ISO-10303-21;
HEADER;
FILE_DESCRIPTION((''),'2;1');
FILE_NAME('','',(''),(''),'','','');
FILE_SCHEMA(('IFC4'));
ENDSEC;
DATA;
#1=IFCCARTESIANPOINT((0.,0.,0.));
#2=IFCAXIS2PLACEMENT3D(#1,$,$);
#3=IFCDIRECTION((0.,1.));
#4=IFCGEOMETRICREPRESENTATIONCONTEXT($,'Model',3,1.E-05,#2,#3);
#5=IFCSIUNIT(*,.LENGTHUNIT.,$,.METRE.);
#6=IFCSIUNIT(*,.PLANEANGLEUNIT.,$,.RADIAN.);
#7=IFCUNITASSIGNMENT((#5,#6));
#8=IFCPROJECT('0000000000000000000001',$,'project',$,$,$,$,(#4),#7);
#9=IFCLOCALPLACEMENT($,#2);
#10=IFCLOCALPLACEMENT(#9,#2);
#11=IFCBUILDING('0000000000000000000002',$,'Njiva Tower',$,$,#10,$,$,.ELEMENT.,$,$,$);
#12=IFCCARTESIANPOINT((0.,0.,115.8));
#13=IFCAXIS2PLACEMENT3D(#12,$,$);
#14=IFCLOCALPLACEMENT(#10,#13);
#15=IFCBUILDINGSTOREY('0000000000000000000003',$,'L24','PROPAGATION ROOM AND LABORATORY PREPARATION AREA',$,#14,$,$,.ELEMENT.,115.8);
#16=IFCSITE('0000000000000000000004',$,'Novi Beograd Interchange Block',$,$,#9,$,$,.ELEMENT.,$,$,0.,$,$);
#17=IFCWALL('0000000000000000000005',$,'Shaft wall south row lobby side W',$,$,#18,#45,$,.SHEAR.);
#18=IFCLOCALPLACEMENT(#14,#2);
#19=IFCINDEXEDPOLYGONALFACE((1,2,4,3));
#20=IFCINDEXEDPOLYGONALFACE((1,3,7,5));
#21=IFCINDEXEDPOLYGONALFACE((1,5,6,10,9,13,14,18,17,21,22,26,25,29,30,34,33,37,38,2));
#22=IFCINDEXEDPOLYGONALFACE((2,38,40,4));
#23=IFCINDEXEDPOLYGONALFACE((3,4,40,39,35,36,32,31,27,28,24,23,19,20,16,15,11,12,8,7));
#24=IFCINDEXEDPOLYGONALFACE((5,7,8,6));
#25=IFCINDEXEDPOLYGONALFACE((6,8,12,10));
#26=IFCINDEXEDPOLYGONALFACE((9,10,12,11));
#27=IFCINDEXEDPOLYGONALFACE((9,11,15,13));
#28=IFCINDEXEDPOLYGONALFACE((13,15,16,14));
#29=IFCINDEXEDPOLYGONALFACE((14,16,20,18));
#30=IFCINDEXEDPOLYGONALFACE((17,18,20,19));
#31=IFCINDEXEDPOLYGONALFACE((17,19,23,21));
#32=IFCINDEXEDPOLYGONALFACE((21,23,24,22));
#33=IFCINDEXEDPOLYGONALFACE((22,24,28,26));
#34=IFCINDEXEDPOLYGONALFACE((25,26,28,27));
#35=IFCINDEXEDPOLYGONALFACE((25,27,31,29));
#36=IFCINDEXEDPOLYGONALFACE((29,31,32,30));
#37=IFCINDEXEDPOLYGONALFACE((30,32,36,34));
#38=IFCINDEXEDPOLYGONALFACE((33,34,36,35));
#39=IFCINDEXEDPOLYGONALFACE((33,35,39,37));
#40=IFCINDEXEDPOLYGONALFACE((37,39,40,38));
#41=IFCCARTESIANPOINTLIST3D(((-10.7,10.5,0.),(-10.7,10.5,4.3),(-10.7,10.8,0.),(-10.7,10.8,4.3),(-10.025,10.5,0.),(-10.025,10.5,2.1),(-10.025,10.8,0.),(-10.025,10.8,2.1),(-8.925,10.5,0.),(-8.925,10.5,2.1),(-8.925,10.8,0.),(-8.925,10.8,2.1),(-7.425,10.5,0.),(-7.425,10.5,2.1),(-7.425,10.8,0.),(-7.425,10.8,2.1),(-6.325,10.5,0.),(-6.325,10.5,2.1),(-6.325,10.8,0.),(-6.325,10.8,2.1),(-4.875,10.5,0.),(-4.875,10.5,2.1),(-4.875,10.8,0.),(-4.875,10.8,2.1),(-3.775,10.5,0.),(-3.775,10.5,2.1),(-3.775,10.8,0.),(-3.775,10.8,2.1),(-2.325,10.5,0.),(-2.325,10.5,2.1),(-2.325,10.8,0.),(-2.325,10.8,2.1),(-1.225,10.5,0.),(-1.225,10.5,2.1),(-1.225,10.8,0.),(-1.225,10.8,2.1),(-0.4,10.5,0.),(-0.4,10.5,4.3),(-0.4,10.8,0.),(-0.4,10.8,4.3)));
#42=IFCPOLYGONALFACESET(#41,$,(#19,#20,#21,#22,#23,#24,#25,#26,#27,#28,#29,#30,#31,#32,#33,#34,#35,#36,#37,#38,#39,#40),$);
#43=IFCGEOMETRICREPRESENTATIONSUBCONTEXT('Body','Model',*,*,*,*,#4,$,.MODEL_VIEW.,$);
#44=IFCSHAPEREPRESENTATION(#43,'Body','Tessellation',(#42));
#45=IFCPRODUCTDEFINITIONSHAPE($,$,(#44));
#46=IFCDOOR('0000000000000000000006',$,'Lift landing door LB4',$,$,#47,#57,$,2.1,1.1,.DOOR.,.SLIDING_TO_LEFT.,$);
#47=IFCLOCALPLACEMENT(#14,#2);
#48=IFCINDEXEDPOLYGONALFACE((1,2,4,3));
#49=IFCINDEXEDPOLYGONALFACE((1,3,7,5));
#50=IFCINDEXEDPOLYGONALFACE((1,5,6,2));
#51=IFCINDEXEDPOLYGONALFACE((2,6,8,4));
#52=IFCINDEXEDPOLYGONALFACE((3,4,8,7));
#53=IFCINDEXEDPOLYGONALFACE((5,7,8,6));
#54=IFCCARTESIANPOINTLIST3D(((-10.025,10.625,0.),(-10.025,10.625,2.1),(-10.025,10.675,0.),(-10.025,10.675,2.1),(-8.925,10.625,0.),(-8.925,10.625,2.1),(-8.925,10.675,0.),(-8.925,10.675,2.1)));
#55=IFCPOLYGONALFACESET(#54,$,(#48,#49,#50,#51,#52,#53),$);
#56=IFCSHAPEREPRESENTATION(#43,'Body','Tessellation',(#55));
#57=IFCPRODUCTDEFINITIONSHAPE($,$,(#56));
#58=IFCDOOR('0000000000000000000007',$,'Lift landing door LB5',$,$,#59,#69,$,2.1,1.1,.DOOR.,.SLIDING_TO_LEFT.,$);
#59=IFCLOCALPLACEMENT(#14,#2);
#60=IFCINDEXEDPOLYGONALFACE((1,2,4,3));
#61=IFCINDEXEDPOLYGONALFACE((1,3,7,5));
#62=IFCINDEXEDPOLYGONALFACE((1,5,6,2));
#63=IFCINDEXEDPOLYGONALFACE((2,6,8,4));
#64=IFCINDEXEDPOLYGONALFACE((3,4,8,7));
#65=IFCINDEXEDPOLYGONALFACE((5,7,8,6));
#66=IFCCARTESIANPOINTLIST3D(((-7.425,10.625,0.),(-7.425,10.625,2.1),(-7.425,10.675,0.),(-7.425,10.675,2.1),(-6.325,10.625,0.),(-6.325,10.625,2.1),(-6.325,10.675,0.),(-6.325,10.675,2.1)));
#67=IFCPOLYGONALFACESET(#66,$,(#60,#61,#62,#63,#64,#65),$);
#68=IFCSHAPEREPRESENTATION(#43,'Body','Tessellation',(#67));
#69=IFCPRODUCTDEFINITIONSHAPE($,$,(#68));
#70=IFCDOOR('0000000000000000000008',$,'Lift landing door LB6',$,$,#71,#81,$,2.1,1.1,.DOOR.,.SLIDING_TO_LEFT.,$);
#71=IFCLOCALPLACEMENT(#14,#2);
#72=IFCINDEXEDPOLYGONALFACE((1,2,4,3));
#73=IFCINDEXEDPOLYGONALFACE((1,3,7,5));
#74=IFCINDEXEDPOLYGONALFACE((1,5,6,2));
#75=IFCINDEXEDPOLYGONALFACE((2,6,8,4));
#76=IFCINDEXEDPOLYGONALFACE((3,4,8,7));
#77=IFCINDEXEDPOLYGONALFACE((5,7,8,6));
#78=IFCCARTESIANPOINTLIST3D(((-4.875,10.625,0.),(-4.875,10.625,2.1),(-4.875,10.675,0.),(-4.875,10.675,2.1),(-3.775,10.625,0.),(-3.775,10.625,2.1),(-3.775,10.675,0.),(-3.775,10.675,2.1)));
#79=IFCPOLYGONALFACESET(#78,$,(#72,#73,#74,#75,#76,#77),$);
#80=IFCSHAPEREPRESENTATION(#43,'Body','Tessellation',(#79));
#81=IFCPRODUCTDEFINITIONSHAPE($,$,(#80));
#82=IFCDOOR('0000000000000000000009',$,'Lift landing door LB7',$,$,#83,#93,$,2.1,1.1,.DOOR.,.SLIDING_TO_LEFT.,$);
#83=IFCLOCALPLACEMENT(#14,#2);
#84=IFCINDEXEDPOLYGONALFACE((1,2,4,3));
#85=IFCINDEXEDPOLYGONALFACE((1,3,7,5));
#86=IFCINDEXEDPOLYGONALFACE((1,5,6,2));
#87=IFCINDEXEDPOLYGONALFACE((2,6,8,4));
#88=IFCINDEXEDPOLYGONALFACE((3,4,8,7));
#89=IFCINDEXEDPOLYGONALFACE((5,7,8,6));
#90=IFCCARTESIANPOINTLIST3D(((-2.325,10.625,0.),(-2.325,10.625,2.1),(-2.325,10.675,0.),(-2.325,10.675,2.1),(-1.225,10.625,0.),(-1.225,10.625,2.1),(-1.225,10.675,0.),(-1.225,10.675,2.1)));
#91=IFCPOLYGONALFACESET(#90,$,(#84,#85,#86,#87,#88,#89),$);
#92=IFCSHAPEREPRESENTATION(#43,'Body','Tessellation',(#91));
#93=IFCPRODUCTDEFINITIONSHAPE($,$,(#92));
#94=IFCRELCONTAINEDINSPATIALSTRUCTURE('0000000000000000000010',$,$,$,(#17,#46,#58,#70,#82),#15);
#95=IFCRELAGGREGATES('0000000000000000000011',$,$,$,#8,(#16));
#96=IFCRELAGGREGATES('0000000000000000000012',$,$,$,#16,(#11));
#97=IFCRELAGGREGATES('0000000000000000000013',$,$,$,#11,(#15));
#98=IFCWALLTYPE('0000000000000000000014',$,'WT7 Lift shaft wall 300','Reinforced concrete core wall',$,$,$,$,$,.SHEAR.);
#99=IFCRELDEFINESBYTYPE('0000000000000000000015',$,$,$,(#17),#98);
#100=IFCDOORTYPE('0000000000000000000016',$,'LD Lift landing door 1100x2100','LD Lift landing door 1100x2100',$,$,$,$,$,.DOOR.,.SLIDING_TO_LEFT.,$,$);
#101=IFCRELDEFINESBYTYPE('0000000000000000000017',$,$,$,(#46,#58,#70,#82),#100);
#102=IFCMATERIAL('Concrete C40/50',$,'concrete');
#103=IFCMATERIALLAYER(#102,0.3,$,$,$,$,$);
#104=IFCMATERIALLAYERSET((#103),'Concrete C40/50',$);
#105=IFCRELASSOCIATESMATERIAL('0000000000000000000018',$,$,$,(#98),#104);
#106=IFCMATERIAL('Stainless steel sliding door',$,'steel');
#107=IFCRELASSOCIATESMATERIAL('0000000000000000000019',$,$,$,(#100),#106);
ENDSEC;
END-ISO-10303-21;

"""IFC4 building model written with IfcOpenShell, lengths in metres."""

from ifc_helpers import new_model, si_unit, direction, frame, frame_2d, origin, place, context, subcontext, project, spatial, rectangle, extrude, material, layer, layer_set, type_object, element, fill, save


model = new_model("IFC4")

# Units and contexts
model_context = context("Model", 3, precision=1e-05, world=origin(), true_north=direction((0.0, 1.0)))
body_context = subcontext(model_context, "Body", "Model", "MODEL_VIEW")
ifc_project = project(units=[si_unit("LENGTHUNIT", "METRE"), si_unit("PLANEANGLEUNIT", "RADIAN")], contexts=[model_context])

# Site, building, storey
site_placement = place(None, origin())
site = spatial("IfcSite", under=ifc_project, at=site_placement, Name="Novi Beograd Interchange Block", CompositionType="ELEMENT", RefElevation=0.0)
building_placement = place(site_placement, origin())
building = spatial("IfcBuilding", under=site, at=building_placement, Name="Njiva Tower", CompositionType="ELEMENT")
storey_placement = place(building_placement, frame((0.0, 0.0, 115.8)))
storey = spatial("IfcBuildingStorey", under=building, at=storey_placement, Name="L24", Description="PROPAGATION ROOM AND LABORATORY PREPARATION AREA", CompositionType="ELEMENT", Elevation=115.8)

# Shared definitions
ifc_material_1 = material(Name="Concrete C40/50", Category="concrete")

# Wall, openings, doors
ifc_layer_1 = layer(ifc_material_1, 0.3)
ifc_layer_set_1 = layer_set([ifc_layer_1], Name="Concrete C40/50")
wall_type_1 = type_object("IfcWallType", Name="WT7 Lift shaft wall 300", Description="Reinforced concrete core wall", PredefinedType="SHEAR", material=ifc_layer_set_1)
ifc_material_2 = material(Name="Stainless steel sliding door", Category="steel")
door_type_1 = type_object("IfcDoorType", Name="LD Lift landing door 1100x2100", Description="LD Lift landing door 1100x2100", OperationType="SLIDING_TO_LEFT", PredefinedType="DOOR", material=ifc_material_2)
wall_1_placement = place(storey_placement, frame((-10.7, 10.65, 0.0), z_axis=(0.0, 0.0, 1.0), x_axis=(1.0, 0.0, 0.0)))
wall_1 = element("IfcWall", 1, at=wall_1_placement, inside=storey, type_object=wall_type_1, Name="Shaft wall south row lobby side W", PredefinedType="SHEAR", context=body_context, shape_type="SweptSolid", body=[
    extrude(rectangle(XDim=10.3, YDim=0.3, at=frame_2d((5.15, 0.0))), origin(), (0.0, 0.0, 1.0), 4.3),
])
opening_1_placement = place(wall_1_placement, frame((0.675, 0.0, 0.0)))
opening_1 = element("IfcOpeningElement", 2, at=opening_1_placement, cuts=wall_1, PredefinedType="OPENING", context=body_context, shape_type="SweptSolid", body=[
    extrude(rectangle(XDim=1.1, YDim=2.1, at=frame_2d((0.55, 1.05))), frame((0.0, 0.16, 0.0), z_axis=(0.0, -1.0, 0.0), x_axis=(1.0, 0.0, 0.0)), (0.0, 0.0, 1.0), 0.32),
])
opening_2_placement = place(wall_1_placement, frame((3.275, 0.0, 0.0)))
opening_2 = element("IfcOpeningElement", 3, at=opening_2_placement, cuts=wall_1, PredefinedType="OPENING", context=body_context, shape_type="SweptSolid", body=[
    extrude(rectangle(XDim=1.1, YDim=2.1, at=frame_2d((0.55, 1.05))), frame((0.0, 0.16, 0.0), z_axis=(0.0, -1.0, 0.0), x_axis=(1.0, 0.0, 0.0)), (0.0, 0.0, 1.0), 0.32),
])
opening_3_placement = place(wall_1_placement, frame((5.825, 0.0, 0.0)))
opening_3 = element("IfcOpeningElement", 4, at=opening_3_placement, cuts=wall_1, PredefinedType="OPENING", context=body_context, shape_type="SweptSolid", body=[
    extrude(rectangle(XDim=1.1, YDim=2.1, at=frame_2d((0.55, 1.05))), frame((0.0, 0.16, 0.0), z_axis=(0.0, -1.0, 0.0), x_axis=(1.0, 0.0, 0.0)), (0.0, 0.0, 1.0), 0.32),
])
opening_4_placement = place(wall_1_placement, frame((8.375, 0.0, 0.0)))
opening_4 = element("IfcOpeningElement", 5, at=opening_4_placement, cuts=wall_1, PredefinedType="OPENING", context=body_context, shape_type="SweptSolid", body=[
    extrude(rectangle(XDim=1.1, YDim=2.1, at=frame_2d((0.55, 1.05))), frame((0.0, 0.16, 0.0), z_axis=(0.0, -1.0, 0.0), x_axis=(1.0, 0.0, 0.0)), (0.0, 0.0, 1.0), 0.32),
])
door_1_placement = place(opening_1_placement, origin())
door_1 = element("IfcDoor", 6, at=door_1_placement, inside=storey, type_object=door_type_1, Name="Lift landing door LB4", OperationType="SLIDING_TO_LEFT", OverallHeight=2.1, OverallWidth=1.1, PredefinedType="DOOR", context=body_context, shape_type="SweptSolid", body=[
    extrude(rectangle(XDim=1.1, YDim=2.1, at=frame_2d((0.55, 1.05))), frame((0.0, 0.025, 0.0), z_axis=(0.0, -1.0, 0.0), x_axis=(1.0, 0.0, 0.0)), (0.0, 0.0, 1.0), 0.05),
])
fill(opening_1, door_1)
door_2_placement = place(opening_2_placement, origin())
door_2 = element("IfcDoor", 7, at=door_2_placement, inside=storey, type_object=door_type_1, Name="Lift landing door LB5", OperationType="SLIDING_TO_LEFT", OverallHeight=2.1, OverallWidth=1.1, PredefinedType="DOOR", context=body_context, shape_type="SweptSolid", body=[
    extrude(rectangle(XDim=1.1, YDim=2.1, at=frame_2d((0.55, 1.05))), frame((0.0, 0.025, 0.0), z_axis=(0.0, -1.0, 0.0), x_axis=(1.0, 0.0, 0.0)), (0.0, 0.0, 1.0), 0.05),
])
fill(opening_2, door_2)
door_3_placement = place(opening_3_placement, origin())
door_3 = element("IfcDoor", 8, at=door_3_placement, inside=storey, type_object=door_type_1, Name="Lift landing door LB6", OperationType="SLIDING_TO_LEFT", OverallHeight=2.1, OverallWidth=1.1, PredefinedType="DOOR", context=body_context, shape_type="SweptSolid", body=[
    extrude(rectangle(XDim=1.1, YDim=2.1, at=frame_2d((0.55, 1.05))), frame((0.0, 0.025, 0.0), z_axis=(0.0, -1.0, 0.0), x_axis=(1.0, 0.0, 0.0)), (0.0, 0.0, 1.0), 0.05),
])
fill(opening_3, door_3)
door_4_placement = place(opening_4_placement, origin())
door_4 = element("IfcDoor", 9, at=door_4_placement, inside=storey, type_object=door_type_1, Name="Lift landing door LB7", OperationType="SLIDING_TO_LEFT", OverallHeight=2.1, OverallWidth=1.1, PredefinedType="DOOR", context=body_context, shape_type="SweptSolid", body=[
    extrude(rectangle(XDim=1.1, YDim=2.1, at=frame_2d((0.55, 1.05))), frame((0.0, 0.025, 0.0), z_axis=(0.0, -1.0, 0.0), x_axis=(1.0, 0.0, 0.0)), (0.0, 0.0, 1.0), 0.05),
])
fill(opening_4, door_4)

save(model, "model.ifc")
